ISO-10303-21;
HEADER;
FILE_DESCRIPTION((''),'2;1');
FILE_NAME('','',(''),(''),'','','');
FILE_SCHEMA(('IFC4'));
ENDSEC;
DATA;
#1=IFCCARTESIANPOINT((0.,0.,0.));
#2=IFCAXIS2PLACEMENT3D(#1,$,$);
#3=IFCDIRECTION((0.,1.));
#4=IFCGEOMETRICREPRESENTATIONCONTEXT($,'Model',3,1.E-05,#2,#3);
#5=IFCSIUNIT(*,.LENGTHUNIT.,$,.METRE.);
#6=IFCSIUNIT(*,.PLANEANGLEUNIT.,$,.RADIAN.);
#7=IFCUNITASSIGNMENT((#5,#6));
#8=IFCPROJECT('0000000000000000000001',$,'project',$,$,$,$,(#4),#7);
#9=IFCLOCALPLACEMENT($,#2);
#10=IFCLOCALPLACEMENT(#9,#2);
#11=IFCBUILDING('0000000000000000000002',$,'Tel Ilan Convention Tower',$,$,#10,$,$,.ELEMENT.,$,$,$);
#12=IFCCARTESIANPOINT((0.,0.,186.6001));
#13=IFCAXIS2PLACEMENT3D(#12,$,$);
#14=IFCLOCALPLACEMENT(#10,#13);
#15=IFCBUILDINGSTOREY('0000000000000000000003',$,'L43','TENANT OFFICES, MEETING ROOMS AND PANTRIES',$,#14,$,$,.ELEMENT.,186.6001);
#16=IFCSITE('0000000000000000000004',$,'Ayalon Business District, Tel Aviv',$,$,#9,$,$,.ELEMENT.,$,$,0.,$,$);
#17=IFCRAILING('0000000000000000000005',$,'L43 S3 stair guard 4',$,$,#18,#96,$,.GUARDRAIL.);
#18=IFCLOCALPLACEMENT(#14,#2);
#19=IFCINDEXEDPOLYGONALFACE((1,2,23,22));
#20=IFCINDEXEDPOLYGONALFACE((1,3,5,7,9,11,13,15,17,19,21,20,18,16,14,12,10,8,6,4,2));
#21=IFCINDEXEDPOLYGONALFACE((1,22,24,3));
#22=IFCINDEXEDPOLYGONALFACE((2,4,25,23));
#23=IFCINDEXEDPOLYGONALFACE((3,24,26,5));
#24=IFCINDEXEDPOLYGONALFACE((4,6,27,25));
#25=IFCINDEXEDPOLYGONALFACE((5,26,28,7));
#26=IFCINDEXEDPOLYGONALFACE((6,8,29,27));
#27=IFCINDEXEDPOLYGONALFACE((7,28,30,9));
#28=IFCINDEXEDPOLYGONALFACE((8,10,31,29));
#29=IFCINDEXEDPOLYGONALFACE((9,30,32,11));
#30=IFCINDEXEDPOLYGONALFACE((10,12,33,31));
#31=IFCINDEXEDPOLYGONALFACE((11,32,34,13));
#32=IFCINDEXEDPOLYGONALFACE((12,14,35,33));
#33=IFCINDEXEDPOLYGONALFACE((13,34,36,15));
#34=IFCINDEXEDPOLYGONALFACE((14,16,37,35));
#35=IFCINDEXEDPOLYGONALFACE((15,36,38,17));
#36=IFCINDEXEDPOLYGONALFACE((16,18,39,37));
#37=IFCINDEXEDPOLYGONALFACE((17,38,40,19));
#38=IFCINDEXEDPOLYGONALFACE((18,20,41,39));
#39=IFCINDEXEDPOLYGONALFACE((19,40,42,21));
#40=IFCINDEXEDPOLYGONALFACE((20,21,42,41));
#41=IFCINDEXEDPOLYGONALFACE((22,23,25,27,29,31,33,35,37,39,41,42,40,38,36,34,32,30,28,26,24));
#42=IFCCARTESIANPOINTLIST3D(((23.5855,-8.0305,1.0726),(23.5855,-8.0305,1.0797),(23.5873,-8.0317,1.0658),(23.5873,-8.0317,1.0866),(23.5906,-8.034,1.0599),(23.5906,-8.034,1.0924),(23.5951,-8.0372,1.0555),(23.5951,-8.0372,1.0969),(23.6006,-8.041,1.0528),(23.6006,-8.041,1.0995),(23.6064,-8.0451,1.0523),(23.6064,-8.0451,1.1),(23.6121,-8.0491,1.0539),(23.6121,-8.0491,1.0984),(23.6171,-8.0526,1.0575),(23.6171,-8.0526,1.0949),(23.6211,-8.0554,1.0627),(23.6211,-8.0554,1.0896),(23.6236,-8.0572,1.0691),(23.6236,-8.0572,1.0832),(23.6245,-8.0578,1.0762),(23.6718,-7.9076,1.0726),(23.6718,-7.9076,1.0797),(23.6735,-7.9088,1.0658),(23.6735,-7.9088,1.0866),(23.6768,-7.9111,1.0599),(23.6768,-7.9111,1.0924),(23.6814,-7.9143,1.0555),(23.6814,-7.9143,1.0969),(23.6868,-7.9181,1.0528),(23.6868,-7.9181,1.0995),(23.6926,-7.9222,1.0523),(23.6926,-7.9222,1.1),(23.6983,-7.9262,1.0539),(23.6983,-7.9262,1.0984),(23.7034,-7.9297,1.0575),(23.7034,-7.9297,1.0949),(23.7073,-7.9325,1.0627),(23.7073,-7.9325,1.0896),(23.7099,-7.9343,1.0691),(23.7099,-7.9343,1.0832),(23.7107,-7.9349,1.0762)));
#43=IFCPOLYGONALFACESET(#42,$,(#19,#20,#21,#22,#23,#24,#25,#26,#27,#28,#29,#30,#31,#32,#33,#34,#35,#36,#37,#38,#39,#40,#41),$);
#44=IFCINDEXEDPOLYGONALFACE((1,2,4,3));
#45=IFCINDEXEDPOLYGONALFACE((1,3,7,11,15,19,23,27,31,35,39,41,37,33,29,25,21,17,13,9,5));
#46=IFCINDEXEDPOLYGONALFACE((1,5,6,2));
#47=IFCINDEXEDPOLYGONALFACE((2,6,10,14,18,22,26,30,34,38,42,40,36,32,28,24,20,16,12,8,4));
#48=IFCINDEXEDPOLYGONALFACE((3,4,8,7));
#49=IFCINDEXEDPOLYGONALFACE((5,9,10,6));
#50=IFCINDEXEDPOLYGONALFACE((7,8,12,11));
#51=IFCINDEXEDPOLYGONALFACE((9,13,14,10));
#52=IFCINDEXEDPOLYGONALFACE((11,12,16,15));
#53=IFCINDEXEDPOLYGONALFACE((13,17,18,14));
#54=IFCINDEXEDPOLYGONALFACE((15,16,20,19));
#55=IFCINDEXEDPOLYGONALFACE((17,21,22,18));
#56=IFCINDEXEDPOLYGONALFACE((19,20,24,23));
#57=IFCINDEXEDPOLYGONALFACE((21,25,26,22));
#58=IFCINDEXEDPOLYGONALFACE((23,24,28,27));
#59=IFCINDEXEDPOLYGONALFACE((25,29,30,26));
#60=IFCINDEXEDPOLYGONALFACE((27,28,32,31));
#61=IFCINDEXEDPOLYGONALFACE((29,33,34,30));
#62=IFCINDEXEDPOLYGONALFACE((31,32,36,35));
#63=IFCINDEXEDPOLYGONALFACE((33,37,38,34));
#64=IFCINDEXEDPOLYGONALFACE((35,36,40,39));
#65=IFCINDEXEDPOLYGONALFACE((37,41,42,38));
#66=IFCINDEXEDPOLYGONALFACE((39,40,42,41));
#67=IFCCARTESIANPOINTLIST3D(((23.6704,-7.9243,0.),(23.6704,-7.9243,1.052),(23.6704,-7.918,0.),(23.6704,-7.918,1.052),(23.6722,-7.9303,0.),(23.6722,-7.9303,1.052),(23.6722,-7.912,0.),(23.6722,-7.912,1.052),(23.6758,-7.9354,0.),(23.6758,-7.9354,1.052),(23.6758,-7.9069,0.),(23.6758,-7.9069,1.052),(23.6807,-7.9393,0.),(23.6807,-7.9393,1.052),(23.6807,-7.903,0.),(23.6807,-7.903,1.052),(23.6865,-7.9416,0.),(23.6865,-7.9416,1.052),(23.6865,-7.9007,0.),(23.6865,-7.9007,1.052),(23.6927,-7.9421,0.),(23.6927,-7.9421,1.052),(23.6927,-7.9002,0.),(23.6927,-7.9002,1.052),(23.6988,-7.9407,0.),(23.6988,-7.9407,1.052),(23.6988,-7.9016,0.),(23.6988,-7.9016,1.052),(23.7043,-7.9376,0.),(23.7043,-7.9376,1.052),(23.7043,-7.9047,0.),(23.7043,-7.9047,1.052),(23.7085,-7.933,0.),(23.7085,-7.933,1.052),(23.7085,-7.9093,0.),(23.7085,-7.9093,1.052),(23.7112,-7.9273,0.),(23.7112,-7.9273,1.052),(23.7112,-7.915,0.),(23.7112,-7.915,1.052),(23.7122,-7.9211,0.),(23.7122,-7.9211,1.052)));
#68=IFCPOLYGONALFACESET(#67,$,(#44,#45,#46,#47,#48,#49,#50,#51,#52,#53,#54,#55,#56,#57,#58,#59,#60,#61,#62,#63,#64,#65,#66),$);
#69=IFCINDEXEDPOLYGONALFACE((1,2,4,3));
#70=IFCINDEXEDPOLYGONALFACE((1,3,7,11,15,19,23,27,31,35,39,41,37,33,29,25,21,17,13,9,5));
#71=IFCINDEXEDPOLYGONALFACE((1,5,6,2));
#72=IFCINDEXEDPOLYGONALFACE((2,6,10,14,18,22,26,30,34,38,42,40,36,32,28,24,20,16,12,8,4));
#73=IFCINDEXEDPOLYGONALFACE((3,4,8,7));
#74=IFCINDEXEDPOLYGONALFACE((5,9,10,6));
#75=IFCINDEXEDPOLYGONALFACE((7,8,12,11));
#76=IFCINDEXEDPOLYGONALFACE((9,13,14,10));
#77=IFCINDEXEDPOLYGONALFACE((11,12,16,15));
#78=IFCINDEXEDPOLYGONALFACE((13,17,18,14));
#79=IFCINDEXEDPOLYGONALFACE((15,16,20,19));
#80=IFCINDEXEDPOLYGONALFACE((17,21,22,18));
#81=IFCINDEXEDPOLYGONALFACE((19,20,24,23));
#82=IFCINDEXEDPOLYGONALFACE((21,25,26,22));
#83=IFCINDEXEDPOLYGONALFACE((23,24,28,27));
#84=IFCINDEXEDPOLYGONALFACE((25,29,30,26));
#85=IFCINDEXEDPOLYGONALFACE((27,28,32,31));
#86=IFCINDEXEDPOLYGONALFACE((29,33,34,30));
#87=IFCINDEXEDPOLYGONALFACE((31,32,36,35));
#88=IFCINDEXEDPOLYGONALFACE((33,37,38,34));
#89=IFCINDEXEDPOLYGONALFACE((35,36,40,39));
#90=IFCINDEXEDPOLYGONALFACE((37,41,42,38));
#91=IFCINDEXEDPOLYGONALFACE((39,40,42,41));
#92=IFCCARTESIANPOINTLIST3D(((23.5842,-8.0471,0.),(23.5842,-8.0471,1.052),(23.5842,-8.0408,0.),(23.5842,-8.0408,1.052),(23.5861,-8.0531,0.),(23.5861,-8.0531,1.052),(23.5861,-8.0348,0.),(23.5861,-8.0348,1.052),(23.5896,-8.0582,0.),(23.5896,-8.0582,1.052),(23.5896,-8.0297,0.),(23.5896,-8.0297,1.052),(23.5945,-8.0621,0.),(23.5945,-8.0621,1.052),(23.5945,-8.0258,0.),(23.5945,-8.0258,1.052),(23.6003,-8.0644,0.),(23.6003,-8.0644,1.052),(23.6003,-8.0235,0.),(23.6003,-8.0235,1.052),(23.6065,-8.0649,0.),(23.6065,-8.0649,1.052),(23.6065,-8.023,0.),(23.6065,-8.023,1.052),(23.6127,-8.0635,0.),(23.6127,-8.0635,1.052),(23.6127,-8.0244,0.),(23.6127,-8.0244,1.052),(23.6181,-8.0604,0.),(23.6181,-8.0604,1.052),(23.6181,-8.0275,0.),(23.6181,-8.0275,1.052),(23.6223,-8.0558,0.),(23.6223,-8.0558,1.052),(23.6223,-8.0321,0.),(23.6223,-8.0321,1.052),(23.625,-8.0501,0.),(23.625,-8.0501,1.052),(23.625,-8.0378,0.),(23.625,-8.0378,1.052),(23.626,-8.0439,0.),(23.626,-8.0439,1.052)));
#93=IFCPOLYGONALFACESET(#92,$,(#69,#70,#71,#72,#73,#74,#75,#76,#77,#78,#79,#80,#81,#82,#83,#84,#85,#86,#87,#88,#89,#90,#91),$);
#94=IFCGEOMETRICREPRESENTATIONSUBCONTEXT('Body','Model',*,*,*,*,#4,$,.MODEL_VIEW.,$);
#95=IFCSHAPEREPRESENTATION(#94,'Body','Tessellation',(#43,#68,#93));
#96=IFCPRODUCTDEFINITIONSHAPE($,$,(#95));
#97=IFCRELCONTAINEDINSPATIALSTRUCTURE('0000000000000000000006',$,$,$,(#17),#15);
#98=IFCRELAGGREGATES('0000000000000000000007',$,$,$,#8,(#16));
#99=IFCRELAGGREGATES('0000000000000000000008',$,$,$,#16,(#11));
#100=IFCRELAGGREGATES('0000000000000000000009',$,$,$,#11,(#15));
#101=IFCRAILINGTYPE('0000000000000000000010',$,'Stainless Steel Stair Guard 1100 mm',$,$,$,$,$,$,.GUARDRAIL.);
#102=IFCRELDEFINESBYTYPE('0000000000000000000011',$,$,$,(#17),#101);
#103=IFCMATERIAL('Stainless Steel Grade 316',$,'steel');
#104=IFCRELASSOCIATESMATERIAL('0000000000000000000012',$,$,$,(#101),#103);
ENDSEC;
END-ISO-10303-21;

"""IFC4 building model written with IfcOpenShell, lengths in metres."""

from ifc_helpers import new_model, si_unit, direction, frame, origin, origin_2d, place, context, subcontext, project, spatial, circle, extrude, material, type_object, element, save


model = new_model("IFC4")

# Units and contexts
model_context = context("Model", 3, precision=1e-05, world=origin(), true_north=direction((0.0, 1.0)))
body_context = subcontext(model_context, "Body", "Model", "MODEL_VIEW")
ifc_project = project(units=[si_unit("LENGTHUNIT", "METRE"), si_unit("PLANEANGLEUNIT", "RADIAN")], contexts=[model_context])

# Site, building, storey
site_placement = place(None, origin())
site = spatial("IfcSite", under=ifc_project, at=site_placement, Name="Ayalon Business District, Tel Aviv", CompositionType="ELEMENT", RefElevation=0.0)
building_placement = place(site_placement, origin())
building = spatial("IfcBuilding", under=site, at=building_placement, Name="Tel Ilan Convention Tower", CompositionType="ELEMENT")
storey_placement = place(building_placement, frame((0.0, 0.0, 186.6001)))
storey = spatial("IfcBuildingStorey", under=building, at=storey_placement, Name="L43", Description="TENANT OFFICES, MEETING ROOMS AND PANTRIES", CompositionType="ELEMENT", Elevation=186.6001)

# Railing
ifc_material_1 = material(Name="Stainless Steel Grade 316", Category="steel")
railing_type_1 = type_object("IfcRailingType", Name="Stainless Steel Stair Guard 1100 mm", PredefinedType="GUARDRAIL", material=ifc_material_1)
railing_1_placement = place(storey_placement, frame((23.6912, -7.9211, 0.0)))
element("IfcRailing", 1, at=railing_1_placement, inside=storey, type_object=railing_type_1, Name="L43 S3 stair guard 4", PredefinedType="GUARDRAIL", context=body_context, shape_type="SweptSolid", body=[
    extrude(circle(Radius=0.0239, at=origin_2d()), frame((0.0, 0.0, 1.0762), z_axis=(-0.574445, -0.818543, 0.0), x_axis=(0.818543, -0.574445, 0.0)), (0.0, 0.0, 1.0), 0.1501),
    extrude(circle(Radius=0.021, at=origin_2d()), origin(), (0.0, 0.0, 1.0), 1.052),
    extrude(circle(Radius=0.021, at=origin_2d()), frame((-0.0862, -0.1228, 0.0)), (0.0, 0.0, 1.0), 1.052),
])

save(model, "model.ifc")
